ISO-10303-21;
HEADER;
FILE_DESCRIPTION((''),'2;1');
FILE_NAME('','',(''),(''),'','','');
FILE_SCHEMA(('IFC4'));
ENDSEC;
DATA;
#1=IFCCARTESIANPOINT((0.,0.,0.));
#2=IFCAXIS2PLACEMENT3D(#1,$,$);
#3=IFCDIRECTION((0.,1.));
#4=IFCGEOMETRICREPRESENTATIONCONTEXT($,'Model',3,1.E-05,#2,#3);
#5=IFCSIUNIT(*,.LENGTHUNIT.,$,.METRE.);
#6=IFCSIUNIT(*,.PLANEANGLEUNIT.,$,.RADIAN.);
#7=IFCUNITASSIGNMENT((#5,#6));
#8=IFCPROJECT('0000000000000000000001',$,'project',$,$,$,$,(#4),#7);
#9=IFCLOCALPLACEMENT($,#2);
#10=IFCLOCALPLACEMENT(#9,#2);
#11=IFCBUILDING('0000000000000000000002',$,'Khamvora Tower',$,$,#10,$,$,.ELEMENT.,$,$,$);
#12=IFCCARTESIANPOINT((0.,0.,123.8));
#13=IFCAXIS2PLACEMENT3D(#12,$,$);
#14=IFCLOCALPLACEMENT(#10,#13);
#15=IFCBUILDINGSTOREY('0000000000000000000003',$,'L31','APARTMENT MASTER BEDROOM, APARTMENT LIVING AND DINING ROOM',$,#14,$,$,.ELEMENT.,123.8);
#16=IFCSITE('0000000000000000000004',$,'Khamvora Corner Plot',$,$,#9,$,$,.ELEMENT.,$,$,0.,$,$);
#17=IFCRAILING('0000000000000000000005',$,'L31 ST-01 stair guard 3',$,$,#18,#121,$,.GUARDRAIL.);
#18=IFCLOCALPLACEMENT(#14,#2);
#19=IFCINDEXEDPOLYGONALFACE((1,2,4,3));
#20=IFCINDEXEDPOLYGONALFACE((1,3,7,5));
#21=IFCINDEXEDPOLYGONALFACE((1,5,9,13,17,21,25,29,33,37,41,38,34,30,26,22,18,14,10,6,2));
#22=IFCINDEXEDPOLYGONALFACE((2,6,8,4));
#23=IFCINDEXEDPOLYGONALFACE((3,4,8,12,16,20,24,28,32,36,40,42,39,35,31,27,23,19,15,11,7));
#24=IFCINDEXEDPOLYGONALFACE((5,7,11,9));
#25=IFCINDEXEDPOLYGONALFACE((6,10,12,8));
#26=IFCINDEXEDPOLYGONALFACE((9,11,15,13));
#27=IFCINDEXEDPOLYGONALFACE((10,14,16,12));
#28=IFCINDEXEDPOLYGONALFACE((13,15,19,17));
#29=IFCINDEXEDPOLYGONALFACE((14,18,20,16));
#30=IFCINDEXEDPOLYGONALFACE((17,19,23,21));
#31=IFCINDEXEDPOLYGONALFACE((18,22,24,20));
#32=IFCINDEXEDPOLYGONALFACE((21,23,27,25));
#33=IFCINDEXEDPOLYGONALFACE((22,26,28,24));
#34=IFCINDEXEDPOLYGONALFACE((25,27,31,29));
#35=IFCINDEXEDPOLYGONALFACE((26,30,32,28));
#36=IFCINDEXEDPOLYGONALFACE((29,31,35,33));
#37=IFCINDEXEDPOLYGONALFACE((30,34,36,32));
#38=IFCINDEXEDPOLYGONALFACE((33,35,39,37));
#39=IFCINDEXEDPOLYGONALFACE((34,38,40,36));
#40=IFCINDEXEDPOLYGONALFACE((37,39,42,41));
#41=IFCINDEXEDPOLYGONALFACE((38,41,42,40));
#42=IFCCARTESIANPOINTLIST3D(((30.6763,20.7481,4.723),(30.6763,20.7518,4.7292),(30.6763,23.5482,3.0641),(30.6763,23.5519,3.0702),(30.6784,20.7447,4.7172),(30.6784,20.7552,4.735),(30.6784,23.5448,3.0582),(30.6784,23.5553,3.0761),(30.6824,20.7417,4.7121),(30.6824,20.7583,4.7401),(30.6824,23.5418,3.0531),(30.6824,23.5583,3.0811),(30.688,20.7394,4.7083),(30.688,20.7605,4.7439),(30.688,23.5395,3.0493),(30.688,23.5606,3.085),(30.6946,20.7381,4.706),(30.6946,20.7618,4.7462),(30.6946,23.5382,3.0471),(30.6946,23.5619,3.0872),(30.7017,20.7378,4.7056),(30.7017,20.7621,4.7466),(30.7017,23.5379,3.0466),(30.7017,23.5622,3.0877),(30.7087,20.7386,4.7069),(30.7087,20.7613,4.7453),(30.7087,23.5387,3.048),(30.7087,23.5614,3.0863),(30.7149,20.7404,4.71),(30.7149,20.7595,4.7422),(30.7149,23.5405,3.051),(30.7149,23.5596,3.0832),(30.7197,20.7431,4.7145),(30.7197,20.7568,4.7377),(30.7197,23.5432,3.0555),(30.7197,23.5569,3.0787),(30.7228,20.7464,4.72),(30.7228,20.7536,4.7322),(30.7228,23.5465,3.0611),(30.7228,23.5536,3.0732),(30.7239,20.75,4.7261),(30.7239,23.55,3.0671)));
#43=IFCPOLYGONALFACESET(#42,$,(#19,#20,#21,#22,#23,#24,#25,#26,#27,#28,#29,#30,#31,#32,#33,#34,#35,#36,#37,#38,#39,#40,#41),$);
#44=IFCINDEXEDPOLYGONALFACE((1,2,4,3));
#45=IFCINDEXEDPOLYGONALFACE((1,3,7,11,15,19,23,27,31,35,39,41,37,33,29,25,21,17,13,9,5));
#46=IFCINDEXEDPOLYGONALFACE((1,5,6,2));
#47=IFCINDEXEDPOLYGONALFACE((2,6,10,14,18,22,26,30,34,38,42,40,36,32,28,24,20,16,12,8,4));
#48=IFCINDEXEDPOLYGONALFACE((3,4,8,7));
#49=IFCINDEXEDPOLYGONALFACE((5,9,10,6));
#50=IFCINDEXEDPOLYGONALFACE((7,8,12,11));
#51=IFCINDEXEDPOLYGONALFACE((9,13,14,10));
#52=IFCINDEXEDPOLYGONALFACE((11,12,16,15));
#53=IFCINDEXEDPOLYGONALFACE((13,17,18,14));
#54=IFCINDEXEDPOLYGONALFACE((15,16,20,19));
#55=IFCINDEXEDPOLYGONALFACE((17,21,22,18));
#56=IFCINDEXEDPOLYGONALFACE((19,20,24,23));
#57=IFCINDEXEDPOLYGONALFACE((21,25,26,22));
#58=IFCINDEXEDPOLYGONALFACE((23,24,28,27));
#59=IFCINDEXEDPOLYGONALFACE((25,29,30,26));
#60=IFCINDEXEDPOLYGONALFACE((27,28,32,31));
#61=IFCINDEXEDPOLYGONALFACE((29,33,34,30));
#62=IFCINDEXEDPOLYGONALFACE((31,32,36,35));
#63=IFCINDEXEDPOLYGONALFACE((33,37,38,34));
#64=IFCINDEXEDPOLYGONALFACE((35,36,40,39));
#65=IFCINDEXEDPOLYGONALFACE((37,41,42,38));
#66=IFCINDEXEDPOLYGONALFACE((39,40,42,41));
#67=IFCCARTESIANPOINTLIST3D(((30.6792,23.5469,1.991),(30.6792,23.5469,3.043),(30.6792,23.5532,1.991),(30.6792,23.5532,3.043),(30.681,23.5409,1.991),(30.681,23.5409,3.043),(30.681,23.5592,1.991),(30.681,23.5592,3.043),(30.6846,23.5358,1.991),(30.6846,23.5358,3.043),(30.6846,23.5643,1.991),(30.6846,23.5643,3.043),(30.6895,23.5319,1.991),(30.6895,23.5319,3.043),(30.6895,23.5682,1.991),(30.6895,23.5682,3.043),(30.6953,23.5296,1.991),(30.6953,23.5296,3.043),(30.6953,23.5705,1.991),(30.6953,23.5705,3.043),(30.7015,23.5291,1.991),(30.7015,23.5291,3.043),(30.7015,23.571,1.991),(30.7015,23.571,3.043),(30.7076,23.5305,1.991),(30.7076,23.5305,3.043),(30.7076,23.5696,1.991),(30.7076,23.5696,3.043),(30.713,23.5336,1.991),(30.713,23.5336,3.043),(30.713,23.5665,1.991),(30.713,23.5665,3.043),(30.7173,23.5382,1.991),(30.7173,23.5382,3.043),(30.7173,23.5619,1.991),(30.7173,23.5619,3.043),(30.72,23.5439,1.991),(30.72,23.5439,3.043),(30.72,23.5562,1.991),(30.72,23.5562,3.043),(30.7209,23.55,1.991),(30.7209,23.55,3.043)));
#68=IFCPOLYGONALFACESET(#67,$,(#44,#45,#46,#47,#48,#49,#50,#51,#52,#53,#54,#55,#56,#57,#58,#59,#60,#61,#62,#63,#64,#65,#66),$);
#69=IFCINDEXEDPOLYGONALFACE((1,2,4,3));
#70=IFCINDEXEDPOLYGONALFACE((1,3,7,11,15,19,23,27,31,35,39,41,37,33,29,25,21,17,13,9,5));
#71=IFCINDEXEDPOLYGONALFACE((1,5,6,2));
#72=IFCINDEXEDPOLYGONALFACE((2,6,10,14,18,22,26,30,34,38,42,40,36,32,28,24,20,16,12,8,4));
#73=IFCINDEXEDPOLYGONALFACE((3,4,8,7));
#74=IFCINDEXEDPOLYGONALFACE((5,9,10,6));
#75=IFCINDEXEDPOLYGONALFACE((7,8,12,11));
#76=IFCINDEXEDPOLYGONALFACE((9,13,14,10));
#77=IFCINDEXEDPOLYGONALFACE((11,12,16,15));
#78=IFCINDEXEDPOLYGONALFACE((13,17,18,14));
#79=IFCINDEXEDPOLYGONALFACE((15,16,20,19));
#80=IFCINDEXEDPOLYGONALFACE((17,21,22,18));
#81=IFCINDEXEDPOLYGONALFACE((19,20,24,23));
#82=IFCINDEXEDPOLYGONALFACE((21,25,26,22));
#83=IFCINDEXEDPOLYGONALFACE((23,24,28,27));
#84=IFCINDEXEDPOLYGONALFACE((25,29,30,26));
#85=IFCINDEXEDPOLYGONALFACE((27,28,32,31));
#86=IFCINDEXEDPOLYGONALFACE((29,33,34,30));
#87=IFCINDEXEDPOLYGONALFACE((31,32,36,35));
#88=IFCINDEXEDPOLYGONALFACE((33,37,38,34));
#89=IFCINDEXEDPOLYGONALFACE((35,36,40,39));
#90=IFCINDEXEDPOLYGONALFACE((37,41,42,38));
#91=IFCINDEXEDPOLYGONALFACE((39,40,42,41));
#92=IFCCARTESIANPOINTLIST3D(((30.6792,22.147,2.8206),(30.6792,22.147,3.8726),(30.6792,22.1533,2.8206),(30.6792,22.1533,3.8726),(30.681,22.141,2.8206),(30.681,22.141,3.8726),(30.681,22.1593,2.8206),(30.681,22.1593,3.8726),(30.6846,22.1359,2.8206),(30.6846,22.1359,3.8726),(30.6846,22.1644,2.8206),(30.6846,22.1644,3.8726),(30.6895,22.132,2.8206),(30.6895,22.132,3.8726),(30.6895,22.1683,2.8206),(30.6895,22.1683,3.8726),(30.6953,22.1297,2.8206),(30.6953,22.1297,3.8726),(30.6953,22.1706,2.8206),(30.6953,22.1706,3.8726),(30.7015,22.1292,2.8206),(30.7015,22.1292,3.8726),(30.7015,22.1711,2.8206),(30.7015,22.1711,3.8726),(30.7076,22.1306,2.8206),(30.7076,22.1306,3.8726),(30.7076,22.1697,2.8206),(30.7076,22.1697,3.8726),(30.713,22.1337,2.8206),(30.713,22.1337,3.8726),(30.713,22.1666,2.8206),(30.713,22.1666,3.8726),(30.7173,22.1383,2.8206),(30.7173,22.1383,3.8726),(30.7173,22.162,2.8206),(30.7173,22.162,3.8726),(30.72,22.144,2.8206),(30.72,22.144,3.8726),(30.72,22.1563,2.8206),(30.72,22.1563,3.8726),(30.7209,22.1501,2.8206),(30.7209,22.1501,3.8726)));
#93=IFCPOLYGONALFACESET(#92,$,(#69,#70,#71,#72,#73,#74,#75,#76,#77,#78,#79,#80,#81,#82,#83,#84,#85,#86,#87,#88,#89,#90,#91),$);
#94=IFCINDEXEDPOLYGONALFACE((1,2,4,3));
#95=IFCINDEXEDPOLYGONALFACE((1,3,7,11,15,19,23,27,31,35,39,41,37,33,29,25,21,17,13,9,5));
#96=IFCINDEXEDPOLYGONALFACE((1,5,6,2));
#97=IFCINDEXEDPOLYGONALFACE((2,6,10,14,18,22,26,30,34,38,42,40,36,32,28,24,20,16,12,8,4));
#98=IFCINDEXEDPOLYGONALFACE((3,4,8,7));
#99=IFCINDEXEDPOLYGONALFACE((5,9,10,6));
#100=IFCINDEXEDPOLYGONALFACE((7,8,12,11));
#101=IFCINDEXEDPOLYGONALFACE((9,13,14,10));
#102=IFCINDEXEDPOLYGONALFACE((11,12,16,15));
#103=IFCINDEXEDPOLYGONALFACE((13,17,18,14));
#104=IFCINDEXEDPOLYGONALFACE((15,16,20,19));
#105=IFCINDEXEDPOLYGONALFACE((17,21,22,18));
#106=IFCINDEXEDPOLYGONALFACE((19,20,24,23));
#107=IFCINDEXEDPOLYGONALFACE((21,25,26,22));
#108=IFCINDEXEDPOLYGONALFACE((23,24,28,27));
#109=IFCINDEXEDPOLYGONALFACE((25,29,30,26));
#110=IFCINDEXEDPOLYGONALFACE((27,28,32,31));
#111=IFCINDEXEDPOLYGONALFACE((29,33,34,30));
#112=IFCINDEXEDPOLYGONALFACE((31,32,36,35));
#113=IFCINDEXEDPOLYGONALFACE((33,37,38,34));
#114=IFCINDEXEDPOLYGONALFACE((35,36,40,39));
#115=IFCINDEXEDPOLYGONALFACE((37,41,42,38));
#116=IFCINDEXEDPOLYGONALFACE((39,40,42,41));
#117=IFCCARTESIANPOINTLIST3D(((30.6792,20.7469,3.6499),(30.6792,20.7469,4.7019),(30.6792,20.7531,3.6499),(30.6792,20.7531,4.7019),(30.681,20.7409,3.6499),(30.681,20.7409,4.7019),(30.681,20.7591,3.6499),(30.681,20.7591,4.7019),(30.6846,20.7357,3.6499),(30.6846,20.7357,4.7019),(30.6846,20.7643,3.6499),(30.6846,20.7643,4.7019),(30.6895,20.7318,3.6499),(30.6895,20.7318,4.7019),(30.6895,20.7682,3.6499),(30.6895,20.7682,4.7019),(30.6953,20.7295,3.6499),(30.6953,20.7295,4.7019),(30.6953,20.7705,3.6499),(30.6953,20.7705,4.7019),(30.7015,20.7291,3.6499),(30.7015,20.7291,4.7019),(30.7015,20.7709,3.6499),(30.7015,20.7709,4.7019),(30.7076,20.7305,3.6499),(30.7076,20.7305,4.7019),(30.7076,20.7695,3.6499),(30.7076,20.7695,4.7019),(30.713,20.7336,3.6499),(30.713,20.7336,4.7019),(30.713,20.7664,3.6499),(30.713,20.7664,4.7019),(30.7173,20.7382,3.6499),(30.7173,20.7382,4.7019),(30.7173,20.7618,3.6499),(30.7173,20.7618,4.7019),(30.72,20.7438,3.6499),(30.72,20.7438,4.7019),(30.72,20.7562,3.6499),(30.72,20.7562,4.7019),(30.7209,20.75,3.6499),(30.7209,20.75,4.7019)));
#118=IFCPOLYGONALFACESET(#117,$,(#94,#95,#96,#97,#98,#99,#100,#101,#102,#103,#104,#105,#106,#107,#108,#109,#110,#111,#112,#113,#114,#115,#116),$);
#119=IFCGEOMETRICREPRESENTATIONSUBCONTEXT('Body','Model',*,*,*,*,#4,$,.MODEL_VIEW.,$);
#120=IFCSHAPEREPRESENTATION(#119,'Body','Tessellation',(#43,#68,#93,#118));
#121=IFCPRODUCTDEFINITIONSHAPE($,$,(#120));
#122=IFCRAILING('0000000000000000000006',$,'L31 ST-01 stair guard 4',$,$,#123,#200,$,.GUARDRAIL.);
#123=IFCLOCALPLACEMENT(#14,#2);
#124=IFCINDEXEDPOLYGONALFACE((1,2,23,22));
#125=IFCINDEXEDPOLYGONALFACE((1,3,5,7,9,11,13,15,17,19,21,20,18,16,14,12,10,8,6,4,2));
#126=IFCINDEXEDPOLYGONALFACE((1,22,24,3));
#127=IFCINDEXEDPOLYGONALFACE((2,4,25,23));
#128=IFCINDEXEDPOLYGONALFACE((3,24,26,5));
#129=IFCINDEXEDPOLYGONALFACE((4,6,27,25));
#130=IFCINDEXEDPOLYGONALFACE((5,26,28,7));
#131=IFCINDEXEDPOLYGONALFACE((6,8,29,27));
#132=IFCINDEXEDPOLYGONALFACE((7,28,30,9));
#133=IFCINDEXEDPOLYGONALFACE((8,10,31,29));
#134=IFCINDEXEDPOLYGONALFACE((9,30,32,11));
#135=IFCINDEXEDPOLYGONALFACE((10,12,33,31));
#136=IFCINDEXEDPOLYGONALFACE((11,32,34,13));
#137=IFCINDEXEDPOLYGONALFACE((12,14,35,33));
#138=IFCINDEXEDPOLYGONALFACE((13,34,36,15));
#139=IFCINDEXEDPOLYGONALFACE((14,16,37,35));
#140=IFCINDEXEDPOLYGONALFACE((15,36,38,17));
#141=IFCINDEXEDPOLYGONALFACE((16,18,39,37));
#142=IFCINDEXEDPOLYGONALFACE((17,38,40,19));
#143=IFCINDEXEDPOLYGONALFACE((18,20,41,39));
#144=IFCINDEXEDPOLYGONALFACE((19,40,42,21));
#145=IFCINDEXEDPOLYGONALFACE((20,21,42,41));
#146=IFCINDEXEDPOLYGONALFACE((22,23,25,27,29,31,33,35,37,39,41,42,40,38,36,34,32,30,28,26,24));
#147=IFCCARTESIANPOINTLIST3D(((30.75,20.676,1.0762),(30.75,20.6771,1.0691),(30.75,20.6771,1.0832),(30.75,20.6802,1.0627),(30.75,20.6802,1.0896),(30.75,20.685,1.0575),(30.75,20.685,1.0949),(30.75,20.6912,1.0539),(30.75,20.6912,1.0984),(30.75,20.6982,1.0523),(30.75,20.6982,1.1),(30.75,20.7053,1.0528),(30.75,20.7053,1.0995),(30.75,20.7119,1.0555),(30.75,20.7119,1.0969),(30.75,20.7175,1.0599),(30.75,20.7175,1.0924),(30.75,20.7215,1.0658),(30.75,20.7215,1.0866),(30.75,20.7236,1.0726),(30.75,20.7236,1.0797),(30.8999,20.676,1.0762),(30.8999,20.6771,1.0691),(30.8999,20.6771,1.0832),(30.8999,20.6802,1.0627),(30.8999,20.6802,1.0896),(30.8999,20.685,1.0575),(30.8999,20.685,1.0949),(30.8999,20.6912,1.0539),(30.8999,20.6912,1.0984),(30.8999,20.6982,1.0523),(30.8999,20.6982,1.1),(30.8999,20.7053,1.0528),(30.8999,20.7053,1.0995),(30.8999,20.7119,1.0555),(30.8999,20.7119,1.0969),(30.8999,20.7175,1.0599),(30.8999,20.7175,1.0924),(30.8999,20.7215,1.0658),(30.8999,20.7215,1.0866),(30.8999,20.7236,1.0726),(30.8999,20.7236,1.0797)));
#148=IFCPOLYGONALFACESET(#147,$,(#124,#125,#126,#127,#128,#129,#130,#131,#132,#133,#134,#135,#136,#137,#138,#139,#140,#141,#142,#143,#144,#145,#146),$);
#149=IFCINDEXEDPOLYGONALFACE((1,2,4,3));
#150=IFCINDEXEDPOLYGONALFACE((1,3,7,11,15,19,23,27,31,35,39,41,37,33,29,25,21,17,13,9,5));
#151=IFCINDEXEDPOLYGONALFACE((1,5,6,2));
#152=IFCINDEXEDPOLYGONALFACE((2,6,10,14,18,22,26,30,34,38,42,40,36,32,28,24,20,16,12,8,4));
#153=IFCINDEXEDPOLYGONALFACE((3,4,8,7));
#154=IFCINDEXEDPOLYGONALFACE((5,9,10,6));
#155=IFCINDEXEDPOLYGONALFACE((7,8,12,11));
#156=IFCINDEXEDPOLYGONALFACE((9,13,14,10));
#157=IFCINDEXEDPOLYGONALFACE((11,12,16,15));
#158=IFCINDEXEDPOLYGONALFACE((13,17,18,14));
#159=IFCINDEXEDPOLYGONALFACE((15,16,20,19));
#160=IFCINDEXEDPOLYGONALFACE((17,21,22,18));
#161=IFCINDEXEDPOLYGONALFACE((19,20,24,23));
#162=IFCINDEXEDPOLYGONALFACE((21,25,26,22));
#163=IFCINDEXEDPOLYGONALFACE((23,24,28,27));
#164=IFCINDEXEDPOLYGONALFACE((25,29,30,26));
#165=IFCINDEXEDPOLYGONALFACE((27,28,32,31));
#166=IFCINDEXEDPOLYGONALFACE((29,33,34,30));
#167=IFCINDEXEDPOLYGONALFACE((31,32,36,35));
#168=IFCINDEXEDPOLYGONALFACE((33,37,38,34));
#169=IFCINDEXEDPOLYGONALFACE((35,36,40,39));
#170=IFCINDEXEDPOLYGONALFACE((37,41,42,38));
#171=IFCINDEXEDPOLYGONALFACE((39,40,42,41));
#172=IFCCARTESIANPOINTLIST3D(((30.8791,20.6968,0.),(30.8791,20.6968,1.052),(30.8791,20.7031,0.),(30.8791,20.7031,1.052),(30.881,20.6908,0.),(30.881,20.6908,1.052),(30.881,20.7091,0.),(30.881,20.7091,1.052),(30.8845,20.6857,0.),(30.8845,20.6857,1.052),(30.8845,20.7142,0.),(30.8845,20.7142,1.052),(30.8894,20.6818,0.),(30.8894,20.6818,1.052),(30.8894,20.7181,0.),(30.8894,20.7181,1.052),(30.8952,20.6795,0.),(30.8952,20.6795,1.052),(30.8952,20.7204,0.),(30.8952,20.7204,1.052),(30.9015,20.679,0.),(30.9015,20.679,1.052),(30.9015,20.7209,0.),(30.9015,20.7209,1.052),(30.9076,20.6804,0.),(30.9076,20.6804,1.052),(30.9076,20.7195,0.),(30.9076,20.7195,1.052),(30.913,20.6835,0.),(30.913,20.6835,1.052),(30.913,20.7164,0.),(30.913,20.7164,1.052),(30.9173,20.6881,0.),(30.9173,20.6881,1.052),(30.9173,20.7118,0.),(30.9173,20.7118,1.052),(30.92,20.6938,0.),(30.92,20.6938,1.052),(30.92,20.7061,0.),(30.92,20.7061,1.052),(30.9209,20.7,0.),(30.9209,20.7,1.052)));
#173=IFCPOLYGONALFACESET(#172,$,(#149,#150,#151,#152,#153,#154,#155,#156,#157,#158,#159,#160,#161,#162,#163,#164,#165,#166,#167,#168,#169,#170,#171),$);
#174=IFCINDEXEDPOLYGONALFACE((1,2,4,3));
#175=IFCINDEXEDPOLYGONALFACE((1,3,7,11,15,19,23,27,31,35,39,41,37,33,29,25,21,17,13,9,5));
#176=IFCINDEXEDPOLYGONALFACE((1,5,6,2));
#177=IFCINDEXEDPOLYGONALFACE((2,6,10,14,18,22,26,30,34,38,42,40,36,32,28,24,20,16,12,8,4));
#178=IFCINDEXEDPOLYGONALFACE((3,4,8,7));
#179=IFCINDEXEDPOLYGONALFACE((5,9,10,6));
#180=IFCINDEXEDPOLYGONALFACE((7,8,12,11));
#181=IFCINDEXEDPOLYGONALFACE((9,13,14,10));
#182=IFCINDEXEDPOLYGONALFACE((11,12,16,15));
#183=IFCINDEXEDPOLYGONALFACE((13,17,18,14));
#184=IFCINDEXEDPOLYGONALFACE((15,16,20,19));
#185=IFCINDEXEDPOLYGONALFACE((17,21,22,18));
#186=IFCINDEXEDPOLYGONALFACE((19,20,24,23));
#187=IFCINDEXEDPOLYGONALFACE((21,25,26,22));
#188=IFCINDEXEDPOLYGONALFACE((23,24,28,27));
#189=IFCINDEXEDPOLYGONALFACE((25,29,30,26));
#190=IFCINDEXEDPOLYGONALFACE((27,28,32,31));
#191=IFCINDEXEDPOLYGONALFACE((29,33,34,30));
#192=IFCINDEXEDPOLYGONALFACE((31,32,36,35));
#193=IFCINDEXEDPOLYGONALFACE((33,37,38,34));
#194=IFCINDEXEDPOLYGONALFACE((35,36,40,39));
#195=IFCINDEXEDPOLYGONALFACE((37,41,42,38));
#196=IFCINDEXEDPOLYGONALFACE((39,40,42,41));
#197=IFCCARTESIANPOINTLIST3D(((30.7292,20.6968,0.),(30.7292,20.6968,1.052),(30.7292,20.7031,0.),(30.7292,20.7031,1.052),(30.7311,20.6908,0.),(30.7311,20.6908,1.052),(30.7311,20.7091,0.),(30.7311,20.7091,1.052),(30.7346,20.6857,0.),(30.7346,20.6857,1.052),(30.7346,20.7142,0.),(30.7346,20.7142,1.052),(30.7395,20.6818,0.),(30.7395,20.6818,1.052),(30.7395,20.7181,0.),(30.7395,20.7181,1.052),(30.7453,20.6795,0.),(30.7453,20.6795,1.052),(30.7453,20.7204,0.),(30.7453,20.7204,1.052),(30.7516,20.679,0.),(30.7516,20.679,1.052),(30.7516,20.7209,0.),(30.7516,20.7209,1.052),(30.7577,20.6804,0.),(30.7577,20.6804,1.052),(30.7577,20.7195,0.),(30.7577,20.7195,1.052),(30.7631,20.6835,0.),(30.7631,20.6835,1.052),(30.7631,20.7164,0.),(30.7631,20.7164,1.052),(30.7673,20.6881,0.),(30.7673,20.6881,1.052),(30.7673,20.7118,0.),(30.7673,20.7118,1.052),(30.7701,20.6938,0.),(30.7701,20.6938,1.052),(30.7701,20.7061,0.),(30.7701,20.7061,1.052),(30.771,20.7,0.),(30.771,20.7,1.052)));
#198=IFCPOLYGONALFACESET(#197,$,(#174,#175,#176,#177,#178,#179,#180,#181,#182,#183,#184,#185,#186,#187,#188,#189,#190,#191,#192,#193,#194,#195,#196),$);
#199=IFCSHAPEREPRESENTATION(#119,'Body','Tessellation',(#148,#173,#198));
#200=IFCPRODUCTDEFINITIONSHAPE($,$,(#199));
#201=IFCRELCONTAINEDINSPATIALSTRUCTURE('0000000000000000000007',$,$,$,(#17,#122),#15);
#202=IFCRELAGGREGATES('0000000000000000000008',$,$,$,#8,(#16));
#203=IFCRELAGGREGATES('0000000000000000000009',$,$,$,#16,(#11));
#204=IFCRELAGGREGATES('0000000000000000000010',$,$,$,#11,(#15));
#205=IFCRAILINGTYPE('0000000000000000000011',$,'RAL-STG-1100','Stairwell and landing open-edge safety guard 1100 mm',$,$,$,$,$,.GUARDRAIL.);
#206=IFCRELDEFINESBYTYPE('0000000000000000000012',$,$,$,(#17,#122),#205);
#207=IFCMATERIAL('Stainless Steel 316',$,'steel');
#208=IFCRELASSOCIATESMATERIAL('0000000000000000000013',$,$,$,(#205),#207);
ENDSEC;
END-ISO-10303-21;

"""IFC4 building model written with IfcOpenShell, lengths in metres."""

from ifc_helpers import new_model, si_unit, direction, frame, origin, origin_2d, place, context, subcontext, project, spatial, circle, extrude, material, type_object, element, save


model = new_model("IFC4")

# Units and contexts
model_context = context("Model", 3, precision=1e-05, world=origin(), true_north=direction((0.0, 1.0)))
body_context = subcontext(model_context, "Body", "Model", "MODEL_VIEW")
ifc_project = project(units=[si_unit("LENGTHUNIT", "METRE"), si_unit("PLANEANGLEUNIT", "RADIAN")], contexts=[model_context])

# Site, building, storey
site_placement = place(None, origin())
site = spatial("IfcSite", under=ifc_project, at=site_placement, Name="Khamvora Corner Plot", CompositionType="ELEMENT", RefElevation=0.0)
building_placement = place(site_placement, origin())
building = spatial("IfcBuilding", under=site, at=building_placement, Name="Khamvora Tower", CompositionType="ELEMENT")
storey_placement = place(building_placement, frame((0.0, 0.0, 123.8)))
storey = spatial("IfcBuildingStorey", under=building, at=storey_placement, Name="L31", Description="APARTMENT MASTER BEDROOM, APARTMENT LIVING AND DINING ROOM", CompositionType="ELEMENT", Elevation=123.8)

# Railings
ifc_material_1 = material(Name="Stainless Steel 316", Category="steel")
railing_type_1 = type_object("IfcRailingType", Name="RAL-STG-1100", Description="Stairwell and landing open-edge safety guard 1100 mm", PredefinedType="GUARDRAIL", material=ifc_material_1)
railing_1_placement = place(storey_placement, frame((30.7, 23.55, 1.991)))
element("IfcRailing", 1, at=railing_1_placement, inside=storey, type_object=railing_type_1, Name="L31 ST-01 stair guard 3", PredefinedType="GUARDRAIL", context=body_context, shape_type="SweptSolid", body=[
    extrude(circle(Radius=0.0239, at=origin_2d()), frame((0.0, 0.0, 1.0762), z_axis=(0.0, -0.860339, 0.509722), x_axis=(1.0, 0.0, 0.0)), (0.0, 0.0, 1.0), 3.2546),
    extrude(circle(Radius=0.021, at=origin_2d()), origin(), (0.0, 0.0, 1.0), 1.052),
    extrude(circle(Radius=0.021, at=origin_2d()), frame((0.0, -1.3999, 0.8296)), (0.0, 0.0, 1.0), 1.052),
    extrude(circle(Radius=0.021, at=origin_2d()), frame((0.0, -2.8, 1.6589)), (0.0, 0.0, 1.0), 1.052),
])
railing_2_placement = place(storey_placement, frame((30.8999, 20.7, 0.0)))
element("IfcRailing", 2, at=railing_2_placement, inside=storey, type_object=railing_type_1, Name="L31 ST-01 stair guard 4", PredefinedType="GUARDRAIL", context=body_context, shape_type="SweptSolid", body=[
    extrude(circle(Radius=0.0239, at=origin_2d()), frame((0.0, 0.0, 1.0762), z_axis=(-1.0, 0.0, 0.0), x_axis=(0.0, -1.0, 0.0)), (0.0, 0.0, 1.0), 0.1499),
    extrude(circle(Radius=0.021, at=origin_2d()), origin(), (0.0, 0.0, 1.0), 1.052),
    extrude(circle(Radius=0.021, at=origin_2d()), frame((-0.1499, 0.0, 0.0)), (0.0, 0.0, 1.0), 1.052),
])

save(model, "model.ifc")
